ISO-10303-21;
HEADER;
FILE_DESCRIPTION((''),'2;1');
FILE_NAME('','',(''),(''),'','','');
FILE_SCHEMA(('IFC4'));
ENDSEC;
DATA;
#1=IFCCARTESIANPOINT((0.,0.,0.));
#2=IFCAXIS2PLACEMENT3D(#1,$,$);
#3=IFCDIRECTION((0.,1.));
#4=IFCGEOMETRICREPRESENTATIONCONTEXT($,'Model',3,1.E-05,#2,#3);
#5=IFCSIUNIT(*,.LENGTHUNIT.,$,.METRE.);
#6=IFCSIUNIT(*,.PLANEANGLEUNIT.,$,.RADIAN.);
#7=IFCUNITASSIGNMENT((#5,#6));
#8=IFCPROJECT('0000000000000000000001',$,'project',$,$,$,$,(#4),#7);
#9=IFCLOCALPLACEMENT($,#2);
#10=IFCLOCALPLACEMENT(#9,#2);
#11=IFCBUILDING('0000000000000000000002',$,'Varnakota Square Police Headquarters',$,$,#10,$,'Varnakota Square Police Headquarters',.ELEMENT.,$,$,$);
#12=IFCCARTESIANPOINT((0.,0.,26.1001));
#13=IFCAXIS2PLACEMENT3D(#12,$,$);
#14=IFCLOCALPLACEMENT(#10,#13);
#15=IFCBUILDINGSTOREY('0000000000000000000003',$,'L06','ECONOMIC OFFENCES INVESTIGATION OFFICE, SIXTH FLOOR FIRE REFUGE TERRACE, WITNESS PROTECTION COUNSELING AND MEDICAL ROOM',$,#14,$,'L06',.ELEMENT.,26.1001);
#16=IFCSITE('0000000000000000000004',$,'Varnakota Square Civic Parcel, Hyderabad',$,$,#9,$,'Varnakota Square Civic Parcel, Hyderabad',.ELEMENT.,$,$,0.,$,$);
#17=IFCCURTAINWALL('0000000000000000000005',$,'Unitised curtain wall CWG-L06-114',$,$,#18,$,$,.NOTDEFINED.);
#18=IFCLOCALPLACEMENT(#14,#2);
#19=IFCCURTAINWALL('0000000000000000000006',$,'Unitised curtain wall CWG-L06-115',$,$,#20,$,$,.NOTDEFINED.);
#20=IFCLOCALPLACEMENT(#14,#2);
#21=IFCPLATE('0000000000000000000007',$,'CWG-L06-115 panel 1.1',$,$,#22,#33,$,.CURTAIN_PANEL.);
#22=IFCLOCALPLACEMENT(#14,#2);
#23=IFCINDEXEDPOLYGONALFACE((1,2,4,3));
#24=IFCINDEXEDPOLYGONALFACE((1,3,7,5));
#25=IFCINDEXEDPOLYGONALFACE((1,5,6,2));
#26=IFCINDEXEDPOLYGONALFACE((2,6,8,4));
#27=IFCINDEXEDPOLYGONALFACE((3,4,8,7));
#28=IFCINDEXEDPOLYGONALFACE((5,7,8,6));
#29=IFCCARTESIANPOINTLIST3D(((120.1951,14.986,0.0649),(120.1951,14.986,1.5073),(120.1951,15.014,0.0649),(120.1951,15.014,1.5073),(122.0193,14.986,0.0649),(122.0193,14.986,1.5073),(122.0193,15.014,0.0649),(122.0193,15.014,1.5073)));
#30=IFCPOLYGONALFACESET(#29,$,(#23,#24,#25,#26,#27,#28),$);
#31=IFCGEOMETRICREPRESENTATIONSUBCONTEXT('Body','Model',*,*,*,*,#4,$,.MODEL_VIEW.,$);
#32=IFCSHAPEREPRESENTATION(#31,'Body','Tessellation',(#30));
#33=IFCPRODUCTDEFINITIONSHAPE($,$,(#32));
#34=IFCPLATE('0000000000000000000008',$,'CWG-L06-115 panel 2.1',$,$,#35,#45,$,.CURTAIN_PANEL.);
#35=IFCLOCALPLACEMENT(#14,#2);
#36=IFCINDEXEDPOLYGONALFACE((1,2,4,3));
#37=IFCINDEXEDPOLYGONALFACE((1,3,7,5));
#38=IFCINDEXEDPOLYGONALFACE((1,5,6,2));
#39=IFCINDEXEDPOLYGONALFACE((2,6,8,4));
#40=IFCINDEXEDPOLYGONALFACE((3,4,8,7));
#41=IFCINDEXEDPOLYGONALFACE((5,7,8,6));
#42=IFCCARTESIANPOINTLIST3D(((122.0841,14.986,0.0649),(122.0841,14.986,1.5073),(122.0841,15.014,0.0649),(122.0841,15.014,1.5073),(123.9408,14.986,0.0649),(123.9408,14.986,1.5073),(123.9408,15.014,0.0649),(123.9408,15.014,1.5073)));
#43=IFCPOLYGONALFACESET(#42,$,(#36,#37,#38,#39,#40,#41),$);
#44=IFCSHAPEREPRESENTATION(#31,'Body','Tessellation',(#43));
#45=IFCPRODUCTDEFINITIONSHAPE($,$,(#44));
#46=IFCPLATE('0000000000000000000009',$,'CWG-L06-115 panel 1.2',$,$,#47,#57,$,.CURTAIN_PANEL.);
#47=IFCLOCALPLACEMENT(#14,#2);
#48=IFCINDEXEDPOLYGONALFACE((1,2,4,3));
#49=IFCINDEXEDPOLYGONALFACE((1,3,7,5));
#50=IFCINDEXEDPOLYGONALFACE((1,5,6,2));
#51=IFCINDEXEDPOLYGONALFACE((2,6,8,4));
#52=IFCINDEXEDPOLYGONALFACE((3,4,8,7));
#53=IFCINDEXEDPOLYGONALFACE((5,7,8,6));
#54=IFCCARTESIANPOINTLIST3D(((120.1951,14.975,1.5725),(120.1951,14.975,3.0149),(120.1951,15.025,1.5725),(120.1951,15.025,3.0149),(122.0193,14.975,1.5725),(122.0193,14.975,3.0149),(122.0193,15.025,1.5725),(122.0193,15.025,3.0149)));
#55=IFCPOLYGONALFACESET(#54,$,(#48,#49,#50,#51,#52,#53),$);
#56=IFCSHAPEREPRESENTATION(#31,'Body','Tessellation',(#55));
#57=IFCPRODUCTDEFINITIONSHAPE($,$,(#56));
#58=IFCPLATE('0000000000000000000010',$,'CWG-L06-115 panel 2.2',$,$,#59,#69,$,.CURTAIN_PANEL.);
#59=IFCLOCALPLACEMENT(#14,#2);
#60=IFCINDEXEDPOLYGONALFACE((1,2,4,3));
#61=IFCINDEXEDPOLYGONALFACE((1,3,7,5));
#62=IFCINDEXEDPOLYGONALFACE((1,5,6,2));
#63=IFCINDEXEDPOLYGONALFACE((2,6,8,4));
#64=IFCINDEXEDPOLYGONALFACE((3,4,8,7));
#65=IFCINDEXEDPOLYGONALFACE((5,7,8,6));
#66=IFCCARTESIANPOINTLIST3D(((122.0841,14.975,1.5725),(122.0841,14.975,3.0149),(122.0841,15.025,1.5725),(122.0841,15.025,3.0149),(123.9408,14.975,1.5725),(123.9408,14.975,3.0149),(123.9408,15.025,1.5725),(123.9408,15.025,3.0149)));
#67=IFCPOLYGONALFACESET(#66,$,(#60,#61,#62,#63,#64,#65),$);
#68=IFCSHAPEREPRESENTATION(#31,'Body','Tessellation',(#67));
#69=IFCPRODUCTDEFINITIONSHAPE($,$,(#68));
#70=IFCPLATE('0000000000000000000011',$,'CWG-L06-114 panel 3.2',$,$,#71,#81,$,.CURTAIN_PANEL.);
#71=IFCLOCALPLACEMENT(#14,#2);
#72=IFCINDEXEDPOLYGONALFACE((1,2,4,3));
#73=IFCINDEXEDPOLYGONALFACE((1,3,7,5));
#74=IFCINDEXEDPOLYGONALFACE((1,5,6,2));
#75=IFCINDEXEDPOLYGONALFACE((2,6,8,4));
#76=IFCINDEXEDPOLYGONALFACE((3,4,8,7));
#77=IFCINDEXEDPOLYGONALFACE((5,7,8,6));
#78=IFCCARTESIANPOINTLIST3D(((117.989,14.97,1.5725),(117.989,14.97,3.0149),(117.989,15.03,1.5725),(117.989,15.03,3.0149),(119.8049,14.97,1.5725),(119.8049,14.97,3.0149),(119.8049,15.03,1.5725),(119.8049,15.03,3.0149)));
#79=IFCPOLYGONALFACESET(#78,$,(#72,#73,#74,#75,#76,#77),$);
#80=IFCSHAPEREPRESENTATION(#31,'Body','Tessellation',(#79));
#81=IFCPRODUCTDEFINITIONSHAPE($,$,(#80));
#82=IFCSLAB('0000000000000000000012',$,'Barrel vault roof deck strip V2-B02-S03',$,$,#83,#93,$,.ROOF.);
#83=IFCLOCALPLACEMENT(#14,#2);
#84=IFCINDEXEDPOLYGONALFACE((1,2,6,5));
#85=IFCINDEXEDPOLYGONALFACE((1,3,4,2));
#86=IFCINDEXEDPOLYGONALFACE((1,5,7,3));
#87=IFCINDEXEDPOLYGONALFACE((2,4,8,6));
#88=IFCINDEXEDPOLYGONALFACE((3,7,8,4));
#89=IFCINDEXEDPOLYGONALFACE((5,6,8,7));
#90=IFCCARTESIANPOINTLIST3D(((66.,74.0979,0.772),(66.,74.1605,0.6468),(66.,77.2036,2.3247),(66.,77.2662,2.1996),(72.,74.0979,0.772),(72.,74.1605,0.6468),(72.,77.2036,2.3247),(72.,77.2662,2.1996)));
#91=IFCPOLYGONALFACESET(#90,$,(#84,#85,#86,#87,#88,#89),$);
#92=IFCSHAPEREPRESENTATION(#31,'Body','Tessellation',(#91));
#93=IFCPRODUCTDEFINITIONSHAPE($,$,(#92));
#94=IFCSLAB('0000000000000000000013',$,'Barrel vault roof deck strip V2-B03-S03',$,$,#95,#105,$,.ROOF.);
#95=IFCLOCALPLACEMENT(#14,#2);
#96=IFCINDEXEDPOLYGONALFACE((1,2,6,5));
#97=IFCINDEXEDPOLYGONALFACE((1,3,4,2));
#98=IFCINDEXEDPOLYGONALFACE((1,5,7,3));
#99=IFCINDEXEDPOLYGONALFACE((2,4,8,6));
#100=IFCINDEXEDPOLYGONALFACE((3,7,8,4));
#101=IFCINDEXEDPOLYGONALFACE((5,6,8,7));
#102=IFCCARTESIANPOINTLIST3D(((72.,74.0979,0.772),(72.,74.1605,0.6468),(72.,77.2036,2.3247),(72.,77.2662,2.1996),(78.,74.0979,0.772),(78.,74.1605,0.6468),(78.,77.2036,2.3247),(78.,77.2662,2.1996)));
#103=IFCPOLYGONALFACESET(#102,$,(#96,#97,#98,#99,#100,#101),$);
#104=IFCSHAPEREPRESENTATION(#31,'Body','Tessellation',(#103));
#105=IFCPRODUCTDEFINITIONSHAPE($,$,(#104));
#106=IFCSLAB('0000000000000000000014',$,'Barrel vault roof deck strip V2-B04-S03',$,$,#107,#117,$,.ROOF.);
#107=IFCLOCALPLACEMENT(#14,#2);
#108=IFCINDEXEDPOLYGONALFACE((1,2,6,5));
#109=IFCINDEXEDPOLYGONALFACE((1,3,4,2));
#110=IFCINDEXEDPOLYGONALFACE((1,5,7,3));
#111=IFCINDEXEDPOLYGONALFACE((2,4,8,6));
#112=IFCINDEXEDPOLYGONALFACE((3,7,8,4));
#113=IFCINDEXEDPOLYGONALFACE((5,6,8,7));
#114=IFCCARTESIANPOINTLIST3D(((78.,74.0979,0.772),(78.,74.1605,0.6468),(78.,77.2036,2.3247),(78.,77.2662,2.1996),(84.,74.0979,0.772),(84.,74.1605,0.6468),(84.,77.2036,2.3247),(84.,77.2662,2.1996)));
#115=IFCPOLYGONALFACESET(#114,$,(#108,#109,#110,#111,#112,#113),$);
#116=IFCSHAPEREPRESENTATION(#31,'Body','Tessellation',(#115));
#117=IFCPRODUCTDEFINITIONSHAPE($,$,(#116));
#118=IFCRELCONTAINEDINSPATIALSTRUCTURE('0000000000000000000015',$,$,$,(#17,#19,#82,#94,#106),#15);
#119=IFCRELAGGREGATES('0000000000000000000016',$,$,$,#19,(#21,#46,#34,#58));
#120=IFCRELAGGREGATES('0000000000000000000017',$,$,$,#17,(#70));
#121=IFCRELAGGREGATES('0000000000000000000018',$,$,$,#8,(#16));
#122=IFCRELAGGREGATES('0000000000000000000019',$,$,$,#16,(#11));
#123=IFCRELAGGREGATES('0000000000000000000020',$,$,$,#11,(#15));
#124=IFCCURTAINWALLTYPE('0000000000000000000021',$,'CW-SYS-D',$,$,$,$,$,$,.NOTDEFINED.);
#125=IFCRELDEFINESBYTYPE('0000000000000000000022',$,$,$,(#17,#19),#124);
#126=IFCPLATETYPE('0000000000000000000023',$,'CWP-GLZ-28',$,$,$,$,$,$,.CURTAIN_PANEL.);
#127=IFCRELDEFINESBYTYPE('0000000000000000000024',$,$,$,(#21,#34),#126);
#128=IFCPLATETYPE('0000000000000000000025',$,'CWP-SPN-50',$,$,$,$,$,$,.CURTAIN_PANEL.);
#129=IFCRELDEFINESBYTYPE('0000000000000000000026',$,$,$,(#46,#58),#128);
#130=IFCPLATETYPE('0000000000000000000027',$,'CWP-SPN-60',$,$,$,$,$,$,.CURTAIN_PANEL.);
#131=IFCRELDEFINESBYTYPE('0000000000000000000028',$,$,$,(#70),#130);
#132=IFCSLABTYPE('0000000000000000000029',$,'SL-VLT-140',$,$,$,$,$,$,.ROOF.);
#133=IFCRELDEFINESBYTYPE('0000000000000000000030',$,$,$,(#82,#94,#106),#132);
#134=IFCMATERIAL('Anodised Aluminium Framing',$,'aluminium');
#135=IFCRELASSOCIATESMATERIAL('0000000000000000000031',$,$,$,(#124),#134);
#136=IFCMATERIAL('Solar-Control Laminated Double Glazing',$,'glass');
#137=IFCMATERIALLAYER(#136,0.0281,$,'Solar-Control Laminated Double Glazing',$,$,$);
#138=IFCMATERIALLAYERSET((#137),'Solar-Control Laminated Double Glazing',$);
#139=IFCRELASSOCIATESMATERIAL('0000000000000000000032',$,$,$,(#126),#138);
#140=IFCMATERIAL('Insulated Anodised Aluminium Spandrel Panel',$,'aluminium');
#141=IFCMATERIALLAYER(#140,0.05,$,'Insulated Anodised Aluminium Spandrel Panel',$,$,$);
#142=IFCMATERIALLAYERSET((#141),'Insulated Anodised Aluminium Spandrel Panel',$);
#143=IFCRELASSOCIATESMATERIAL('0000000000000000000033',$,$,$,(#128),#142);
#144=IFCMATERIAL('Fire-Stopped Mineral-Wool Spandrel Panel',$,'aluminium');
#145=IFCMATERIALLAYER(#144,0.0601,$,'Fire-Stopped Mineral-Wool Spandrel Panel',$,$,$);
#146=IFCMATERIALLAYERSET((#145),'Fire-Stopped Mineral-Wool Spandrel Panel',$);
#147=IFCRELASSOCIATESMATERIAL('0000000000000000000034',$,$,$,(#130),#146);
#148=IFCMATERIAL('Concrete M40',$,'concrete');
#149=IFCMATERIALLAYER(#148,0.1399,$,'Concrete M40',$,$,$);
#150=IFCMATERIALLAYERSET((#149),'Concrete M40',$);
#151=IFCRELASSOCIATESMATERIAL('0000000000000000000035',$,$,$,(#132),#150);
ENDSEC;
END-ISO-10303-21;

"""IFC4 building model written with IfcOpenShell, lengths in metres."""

from ifc_helpers import new_model, si_unit, direction, frame, origin, origin_2d, place, context, subcontext, project, spatial, polyline, rectangle, outline, extrude, material, layer, layer_set, type_object, element, aggregate, save


model = new_model("IFC4")

# Units and contexts
model_context = context("Model", 3, precision=1e-05, world=origin(), true_north=direction((0.0, 1.0)))
body_context = subcontext(model_context, "Body", "Model", "MODEL_VIEW")
ifc_project = project(units=[si_unit("LENGTHUNIT", "METRE"), si_unit("PLANEANGLEUNIT", "RADIAN")], contexts=[model_context])

# Site, building, storey
site_placement = place(None, origin())
site = spatial("IfcSite", under=ifc_project, at=site_placement, Name="Varnakota Square Civic Parcel, Hyderabad", LongName="Varnakota Square Civic Parcel, Hyderabad", CompositionType="ELEMENT", RefElevation=0.0)
building_placement = place(site_placement, origin())
building = spatial("IfcBuilding", under=site, at=building_placement, Name="Varnakota Square Police Headquarters", LongName="Varnakota Square Police Headquarters", CompositionType="ELEMENT")
storey_placement = place(building_placement, frame((0.0, 0.0, 26.1001)))
storey = spatial("IfcBuildingStorey", under=building, at=storey_placement, Name="L06", Description="ECONOMIC OFFENCES INVESTIGATION OFFICE, SIXTH FLOOR FIRE REFUGE TERRACE, WITNESS PROTECTION COUNSELING AND MEDICAL ROOM", LongName="L06", CompositionType="ELEMENT", Elevation=26.1001)

# Curtain wall
ifc_material_1 = material(Name="Anodised Aluminium Framing", Category="aluminium")
curtain_wall_type = type_object("IfcCurtainWallType", Name="CW-SYS-D", PredefinedType="NOTDEFINED", material=ifc_material_1)
curtain_wall_1_placement = place(storey_placement, origin())
curtain_wall_1 = element("IfcCurtainWall", 1, at=curtain_wall_1_placement, inside=storey, type_object=curtain_wall_type, Name="Unitised curtain wall CWG-L06-114", PredefinedType="NOTDEFINED")

# Curtain wall
curtain_wall_2_placement = place(storey_placement, origin())
curtain_wall_2 = element("IfcCurtainWall", 2, at=curtain_wall_2_placement, inside=storey, type_object=curtain_wall_type, Name="Unitised curtain wall CWG-L06-115", PredefinedType="NOTDEFINED")

# Plates
ifc_material_2 = material(Name="Solar-Control Laminated Double Glazing", Category="glass")
ifc_layer_1 = layer(ifc_material_2, 0.0281, Name="Solar-Control Laminated Double Glazing")
ifc_layer_set_1 = layer_set([ifc_layer_1], Name="Solar-Control Laminated Double Glazing")
plate_type_1 = type_object("IfcPlateType", Name="CWP-GLZ-28", PredefinedType="CURTAIN_PANEL", material=ifc_layer_set_1)
plate_1_placement = place(storey_placement, frame((121.1072, 15.0, 0.0649), z_axis=(0.0, 0.0, 1.0), x_axis=(1.0, 0.0, 0.0)))
plate_1 = element("IfcPlate", 3, at=plate_1_placement, type_object=plate_type_1, Name="CWG-L06-115 panel 1.1", PredefinedType="CURTAIN_PANEL", context=body_context, shape_type="SweptSolid", body=[
    extrude(rectangle(XDim=1.8242, YDim=0.0281, at=origin_2d()), origin(), (0.0, 0.0, 1.0), 1.4424),
])
plate_2_placement = place(storey_placement, frame((123.0125, 15.0, 0.0649), z_axis=(0.0, 0.0, 1.0), x_axis=(1.0, 0.0, 0.0)))
plate_2 = element("IfcPlate", 4, at=plate_2_placement, type_object=plate_type_1, Name="CWG-L06-115 panel 2.1", PredefinedType="CURTAIN_PANEL", context=body_context, shape_type="SweptSolid", body=[
    extrude(rectangle(XDim=1.8567, YDim=0.0281, at=origin_2d()), origin(), (0.0, 0.0, 1.0), 1.4424),
])
ifc_material_3 = material(Name="Insulated Anodised Aluminium Spandrel Panel", Category="aluminium")
ifc_layer_2 = layer(ifc_material_3, 0.05, Name="Insulated Anodised Aluminium Spandrel Panel")
ifc_layer_set_2 = layer_set([ifc_layer_2], Name="Insulated Anodised Aluminium Spandrel Panel")
plate_type_2 = type_object("IfcPlateType", Name="CWP-SPN-50", PredefinedType="CURTAIN_PANEL", material=ifc_layer_set_2)
plate_3_placement = place(storey_placement, frame((121.1072, 15.0, 1.5725), z_axis=(0.0, 0.0, 1.0), x_axis=(1.0, 0.0, 0.0)))
plate_3 = element("IfcPlate", 5, at=plate_3_placement, type_object=plate_type_2, Name="CWG-L06-115 panel 1.2", PredefinedType="CURTAIN_PANEL", context=body_context, shape_type="SweptSolid", body=[
    extrude(rectangle(XDim=1.8242, YDim=0.05, at=origin_2d()), origin(), (0.0, 0.0, 1.0), 1.4424),
])
plate_4_placement = place(storey_placement, frame((123.0125, 15.0, 1.5725), z_axis=(0.0, 0.0, 1.0), x_axis=(1.0, 0.0, 0.0)))
plate_4 = element("IfcPlate", 6, at=plate_4_placement, type_object=plate_type_2, Name="CWG-L06-115 panel 2.2", PredefinedType="CURTAIN_PANEL", context=body_context, shape_type="SweptSolid", body=[
    extrude(rectangle(XDim=1.8567, YDim=0.05, at=origin_2d()), origin(), (0.0, 0.0, 1.0), 1.4424),
])
aggregate(curtain_wall_2, [plate_1, plate_3, plate_2, plate_4])
ifc_material_4 = material(Name="Fire-Stopped Mineral-Wool Spandrel Panel", Category="aluminium")
ifc_layer_3 = layer(ifc_material_4, 0.0601, Name="Fire-Stopped Mineral-Wool Spandrel Panel")
ifc_layer_set_3 = layer_set([ifc_layer_3], Name="Fire-Stopped Mineral-Wool Spandrel Panel")
plate_type_3 = type_object("IfcPlateType", Name="CWP-SPN-60", PredefinedType="CURTAIN_PANEL", material=ifc_layer_set_3)
plate_5_placement = place(storey_placement, frame((118.897, 15.0, 1.5725), z_axis=(0.0, 0.0, 1.0), x_axis=(1.0, 0.0, 0.0)))
plate_5 = element("IfcPlate", 7, at=plate_5_placement, type_object=plate_type_3, Name="CWG-L06-114 panel 3.2", PredefinedType="CURTAIN_PANEL", context=body_context, shape_type="SweptSolid", body=[
    extrude(rectangle(XDim=1.8159, YDim=0.0601, at=origin_2d()), origin(), (0.0, 0.0, 1.0), 1.4424),
])
aggregate(curtain_wall_1, [plate_5])

# Slabs
ifc_material_5 = material(Name="Concrete M40", Category="concrete")
ifc_layer_4 = layer(ifc_material_5, 0.1399, Name="Concrete M40")
ifc_layer_set_4 = layer_set([ifc_layer_4], Name="Concrete M40")
slab_type = type_object("IfcSlabType", Name="SL-VLT-140", PredefinedType="ROOF", material=ifc_layer_set_4)
for number, where, z_axis, x_axis, name in (
    (8, (66.0, 74.0979, 0.772), (0.0, -0.447185, 0.894441), (1.0, 0.0, 0.0), "Barrel vault roof deck strip V2-B02-S03"),
    (9, (72.0, 74.0979, 0.772), (0.0, -0.447185, 0.894441), (1.0, 0.0, 0.0), "Barrel vault roof deck strip V2-B03-S03"),
    (10, (78.0, 74.0979, 0.772), (0.0, -0.447185, 0.894441), (1.0, 0.0, 0.0), "Barrel vault roof deck strip V2-B04-S03"),
):
    element("IfcSlab", number, at=place(storey_placement, frame(where, z_axis=z_axis, x_axis=x_axis)), inside=storey, type_object=slab_type, Name=name, PredefinedType="ROOF", context=body_context, shape_type="SweptSolid", body=[
        extrude(outline(polyline([(0.0, 0.0), (6.0, 0.0), (6.0, 3.4722), (0.0, 3.4722), (0.0, 0.0)])), origin(), (0.0, 0.0, -1.0), 0.1399),
    ])

save(model, "model.ifc")
